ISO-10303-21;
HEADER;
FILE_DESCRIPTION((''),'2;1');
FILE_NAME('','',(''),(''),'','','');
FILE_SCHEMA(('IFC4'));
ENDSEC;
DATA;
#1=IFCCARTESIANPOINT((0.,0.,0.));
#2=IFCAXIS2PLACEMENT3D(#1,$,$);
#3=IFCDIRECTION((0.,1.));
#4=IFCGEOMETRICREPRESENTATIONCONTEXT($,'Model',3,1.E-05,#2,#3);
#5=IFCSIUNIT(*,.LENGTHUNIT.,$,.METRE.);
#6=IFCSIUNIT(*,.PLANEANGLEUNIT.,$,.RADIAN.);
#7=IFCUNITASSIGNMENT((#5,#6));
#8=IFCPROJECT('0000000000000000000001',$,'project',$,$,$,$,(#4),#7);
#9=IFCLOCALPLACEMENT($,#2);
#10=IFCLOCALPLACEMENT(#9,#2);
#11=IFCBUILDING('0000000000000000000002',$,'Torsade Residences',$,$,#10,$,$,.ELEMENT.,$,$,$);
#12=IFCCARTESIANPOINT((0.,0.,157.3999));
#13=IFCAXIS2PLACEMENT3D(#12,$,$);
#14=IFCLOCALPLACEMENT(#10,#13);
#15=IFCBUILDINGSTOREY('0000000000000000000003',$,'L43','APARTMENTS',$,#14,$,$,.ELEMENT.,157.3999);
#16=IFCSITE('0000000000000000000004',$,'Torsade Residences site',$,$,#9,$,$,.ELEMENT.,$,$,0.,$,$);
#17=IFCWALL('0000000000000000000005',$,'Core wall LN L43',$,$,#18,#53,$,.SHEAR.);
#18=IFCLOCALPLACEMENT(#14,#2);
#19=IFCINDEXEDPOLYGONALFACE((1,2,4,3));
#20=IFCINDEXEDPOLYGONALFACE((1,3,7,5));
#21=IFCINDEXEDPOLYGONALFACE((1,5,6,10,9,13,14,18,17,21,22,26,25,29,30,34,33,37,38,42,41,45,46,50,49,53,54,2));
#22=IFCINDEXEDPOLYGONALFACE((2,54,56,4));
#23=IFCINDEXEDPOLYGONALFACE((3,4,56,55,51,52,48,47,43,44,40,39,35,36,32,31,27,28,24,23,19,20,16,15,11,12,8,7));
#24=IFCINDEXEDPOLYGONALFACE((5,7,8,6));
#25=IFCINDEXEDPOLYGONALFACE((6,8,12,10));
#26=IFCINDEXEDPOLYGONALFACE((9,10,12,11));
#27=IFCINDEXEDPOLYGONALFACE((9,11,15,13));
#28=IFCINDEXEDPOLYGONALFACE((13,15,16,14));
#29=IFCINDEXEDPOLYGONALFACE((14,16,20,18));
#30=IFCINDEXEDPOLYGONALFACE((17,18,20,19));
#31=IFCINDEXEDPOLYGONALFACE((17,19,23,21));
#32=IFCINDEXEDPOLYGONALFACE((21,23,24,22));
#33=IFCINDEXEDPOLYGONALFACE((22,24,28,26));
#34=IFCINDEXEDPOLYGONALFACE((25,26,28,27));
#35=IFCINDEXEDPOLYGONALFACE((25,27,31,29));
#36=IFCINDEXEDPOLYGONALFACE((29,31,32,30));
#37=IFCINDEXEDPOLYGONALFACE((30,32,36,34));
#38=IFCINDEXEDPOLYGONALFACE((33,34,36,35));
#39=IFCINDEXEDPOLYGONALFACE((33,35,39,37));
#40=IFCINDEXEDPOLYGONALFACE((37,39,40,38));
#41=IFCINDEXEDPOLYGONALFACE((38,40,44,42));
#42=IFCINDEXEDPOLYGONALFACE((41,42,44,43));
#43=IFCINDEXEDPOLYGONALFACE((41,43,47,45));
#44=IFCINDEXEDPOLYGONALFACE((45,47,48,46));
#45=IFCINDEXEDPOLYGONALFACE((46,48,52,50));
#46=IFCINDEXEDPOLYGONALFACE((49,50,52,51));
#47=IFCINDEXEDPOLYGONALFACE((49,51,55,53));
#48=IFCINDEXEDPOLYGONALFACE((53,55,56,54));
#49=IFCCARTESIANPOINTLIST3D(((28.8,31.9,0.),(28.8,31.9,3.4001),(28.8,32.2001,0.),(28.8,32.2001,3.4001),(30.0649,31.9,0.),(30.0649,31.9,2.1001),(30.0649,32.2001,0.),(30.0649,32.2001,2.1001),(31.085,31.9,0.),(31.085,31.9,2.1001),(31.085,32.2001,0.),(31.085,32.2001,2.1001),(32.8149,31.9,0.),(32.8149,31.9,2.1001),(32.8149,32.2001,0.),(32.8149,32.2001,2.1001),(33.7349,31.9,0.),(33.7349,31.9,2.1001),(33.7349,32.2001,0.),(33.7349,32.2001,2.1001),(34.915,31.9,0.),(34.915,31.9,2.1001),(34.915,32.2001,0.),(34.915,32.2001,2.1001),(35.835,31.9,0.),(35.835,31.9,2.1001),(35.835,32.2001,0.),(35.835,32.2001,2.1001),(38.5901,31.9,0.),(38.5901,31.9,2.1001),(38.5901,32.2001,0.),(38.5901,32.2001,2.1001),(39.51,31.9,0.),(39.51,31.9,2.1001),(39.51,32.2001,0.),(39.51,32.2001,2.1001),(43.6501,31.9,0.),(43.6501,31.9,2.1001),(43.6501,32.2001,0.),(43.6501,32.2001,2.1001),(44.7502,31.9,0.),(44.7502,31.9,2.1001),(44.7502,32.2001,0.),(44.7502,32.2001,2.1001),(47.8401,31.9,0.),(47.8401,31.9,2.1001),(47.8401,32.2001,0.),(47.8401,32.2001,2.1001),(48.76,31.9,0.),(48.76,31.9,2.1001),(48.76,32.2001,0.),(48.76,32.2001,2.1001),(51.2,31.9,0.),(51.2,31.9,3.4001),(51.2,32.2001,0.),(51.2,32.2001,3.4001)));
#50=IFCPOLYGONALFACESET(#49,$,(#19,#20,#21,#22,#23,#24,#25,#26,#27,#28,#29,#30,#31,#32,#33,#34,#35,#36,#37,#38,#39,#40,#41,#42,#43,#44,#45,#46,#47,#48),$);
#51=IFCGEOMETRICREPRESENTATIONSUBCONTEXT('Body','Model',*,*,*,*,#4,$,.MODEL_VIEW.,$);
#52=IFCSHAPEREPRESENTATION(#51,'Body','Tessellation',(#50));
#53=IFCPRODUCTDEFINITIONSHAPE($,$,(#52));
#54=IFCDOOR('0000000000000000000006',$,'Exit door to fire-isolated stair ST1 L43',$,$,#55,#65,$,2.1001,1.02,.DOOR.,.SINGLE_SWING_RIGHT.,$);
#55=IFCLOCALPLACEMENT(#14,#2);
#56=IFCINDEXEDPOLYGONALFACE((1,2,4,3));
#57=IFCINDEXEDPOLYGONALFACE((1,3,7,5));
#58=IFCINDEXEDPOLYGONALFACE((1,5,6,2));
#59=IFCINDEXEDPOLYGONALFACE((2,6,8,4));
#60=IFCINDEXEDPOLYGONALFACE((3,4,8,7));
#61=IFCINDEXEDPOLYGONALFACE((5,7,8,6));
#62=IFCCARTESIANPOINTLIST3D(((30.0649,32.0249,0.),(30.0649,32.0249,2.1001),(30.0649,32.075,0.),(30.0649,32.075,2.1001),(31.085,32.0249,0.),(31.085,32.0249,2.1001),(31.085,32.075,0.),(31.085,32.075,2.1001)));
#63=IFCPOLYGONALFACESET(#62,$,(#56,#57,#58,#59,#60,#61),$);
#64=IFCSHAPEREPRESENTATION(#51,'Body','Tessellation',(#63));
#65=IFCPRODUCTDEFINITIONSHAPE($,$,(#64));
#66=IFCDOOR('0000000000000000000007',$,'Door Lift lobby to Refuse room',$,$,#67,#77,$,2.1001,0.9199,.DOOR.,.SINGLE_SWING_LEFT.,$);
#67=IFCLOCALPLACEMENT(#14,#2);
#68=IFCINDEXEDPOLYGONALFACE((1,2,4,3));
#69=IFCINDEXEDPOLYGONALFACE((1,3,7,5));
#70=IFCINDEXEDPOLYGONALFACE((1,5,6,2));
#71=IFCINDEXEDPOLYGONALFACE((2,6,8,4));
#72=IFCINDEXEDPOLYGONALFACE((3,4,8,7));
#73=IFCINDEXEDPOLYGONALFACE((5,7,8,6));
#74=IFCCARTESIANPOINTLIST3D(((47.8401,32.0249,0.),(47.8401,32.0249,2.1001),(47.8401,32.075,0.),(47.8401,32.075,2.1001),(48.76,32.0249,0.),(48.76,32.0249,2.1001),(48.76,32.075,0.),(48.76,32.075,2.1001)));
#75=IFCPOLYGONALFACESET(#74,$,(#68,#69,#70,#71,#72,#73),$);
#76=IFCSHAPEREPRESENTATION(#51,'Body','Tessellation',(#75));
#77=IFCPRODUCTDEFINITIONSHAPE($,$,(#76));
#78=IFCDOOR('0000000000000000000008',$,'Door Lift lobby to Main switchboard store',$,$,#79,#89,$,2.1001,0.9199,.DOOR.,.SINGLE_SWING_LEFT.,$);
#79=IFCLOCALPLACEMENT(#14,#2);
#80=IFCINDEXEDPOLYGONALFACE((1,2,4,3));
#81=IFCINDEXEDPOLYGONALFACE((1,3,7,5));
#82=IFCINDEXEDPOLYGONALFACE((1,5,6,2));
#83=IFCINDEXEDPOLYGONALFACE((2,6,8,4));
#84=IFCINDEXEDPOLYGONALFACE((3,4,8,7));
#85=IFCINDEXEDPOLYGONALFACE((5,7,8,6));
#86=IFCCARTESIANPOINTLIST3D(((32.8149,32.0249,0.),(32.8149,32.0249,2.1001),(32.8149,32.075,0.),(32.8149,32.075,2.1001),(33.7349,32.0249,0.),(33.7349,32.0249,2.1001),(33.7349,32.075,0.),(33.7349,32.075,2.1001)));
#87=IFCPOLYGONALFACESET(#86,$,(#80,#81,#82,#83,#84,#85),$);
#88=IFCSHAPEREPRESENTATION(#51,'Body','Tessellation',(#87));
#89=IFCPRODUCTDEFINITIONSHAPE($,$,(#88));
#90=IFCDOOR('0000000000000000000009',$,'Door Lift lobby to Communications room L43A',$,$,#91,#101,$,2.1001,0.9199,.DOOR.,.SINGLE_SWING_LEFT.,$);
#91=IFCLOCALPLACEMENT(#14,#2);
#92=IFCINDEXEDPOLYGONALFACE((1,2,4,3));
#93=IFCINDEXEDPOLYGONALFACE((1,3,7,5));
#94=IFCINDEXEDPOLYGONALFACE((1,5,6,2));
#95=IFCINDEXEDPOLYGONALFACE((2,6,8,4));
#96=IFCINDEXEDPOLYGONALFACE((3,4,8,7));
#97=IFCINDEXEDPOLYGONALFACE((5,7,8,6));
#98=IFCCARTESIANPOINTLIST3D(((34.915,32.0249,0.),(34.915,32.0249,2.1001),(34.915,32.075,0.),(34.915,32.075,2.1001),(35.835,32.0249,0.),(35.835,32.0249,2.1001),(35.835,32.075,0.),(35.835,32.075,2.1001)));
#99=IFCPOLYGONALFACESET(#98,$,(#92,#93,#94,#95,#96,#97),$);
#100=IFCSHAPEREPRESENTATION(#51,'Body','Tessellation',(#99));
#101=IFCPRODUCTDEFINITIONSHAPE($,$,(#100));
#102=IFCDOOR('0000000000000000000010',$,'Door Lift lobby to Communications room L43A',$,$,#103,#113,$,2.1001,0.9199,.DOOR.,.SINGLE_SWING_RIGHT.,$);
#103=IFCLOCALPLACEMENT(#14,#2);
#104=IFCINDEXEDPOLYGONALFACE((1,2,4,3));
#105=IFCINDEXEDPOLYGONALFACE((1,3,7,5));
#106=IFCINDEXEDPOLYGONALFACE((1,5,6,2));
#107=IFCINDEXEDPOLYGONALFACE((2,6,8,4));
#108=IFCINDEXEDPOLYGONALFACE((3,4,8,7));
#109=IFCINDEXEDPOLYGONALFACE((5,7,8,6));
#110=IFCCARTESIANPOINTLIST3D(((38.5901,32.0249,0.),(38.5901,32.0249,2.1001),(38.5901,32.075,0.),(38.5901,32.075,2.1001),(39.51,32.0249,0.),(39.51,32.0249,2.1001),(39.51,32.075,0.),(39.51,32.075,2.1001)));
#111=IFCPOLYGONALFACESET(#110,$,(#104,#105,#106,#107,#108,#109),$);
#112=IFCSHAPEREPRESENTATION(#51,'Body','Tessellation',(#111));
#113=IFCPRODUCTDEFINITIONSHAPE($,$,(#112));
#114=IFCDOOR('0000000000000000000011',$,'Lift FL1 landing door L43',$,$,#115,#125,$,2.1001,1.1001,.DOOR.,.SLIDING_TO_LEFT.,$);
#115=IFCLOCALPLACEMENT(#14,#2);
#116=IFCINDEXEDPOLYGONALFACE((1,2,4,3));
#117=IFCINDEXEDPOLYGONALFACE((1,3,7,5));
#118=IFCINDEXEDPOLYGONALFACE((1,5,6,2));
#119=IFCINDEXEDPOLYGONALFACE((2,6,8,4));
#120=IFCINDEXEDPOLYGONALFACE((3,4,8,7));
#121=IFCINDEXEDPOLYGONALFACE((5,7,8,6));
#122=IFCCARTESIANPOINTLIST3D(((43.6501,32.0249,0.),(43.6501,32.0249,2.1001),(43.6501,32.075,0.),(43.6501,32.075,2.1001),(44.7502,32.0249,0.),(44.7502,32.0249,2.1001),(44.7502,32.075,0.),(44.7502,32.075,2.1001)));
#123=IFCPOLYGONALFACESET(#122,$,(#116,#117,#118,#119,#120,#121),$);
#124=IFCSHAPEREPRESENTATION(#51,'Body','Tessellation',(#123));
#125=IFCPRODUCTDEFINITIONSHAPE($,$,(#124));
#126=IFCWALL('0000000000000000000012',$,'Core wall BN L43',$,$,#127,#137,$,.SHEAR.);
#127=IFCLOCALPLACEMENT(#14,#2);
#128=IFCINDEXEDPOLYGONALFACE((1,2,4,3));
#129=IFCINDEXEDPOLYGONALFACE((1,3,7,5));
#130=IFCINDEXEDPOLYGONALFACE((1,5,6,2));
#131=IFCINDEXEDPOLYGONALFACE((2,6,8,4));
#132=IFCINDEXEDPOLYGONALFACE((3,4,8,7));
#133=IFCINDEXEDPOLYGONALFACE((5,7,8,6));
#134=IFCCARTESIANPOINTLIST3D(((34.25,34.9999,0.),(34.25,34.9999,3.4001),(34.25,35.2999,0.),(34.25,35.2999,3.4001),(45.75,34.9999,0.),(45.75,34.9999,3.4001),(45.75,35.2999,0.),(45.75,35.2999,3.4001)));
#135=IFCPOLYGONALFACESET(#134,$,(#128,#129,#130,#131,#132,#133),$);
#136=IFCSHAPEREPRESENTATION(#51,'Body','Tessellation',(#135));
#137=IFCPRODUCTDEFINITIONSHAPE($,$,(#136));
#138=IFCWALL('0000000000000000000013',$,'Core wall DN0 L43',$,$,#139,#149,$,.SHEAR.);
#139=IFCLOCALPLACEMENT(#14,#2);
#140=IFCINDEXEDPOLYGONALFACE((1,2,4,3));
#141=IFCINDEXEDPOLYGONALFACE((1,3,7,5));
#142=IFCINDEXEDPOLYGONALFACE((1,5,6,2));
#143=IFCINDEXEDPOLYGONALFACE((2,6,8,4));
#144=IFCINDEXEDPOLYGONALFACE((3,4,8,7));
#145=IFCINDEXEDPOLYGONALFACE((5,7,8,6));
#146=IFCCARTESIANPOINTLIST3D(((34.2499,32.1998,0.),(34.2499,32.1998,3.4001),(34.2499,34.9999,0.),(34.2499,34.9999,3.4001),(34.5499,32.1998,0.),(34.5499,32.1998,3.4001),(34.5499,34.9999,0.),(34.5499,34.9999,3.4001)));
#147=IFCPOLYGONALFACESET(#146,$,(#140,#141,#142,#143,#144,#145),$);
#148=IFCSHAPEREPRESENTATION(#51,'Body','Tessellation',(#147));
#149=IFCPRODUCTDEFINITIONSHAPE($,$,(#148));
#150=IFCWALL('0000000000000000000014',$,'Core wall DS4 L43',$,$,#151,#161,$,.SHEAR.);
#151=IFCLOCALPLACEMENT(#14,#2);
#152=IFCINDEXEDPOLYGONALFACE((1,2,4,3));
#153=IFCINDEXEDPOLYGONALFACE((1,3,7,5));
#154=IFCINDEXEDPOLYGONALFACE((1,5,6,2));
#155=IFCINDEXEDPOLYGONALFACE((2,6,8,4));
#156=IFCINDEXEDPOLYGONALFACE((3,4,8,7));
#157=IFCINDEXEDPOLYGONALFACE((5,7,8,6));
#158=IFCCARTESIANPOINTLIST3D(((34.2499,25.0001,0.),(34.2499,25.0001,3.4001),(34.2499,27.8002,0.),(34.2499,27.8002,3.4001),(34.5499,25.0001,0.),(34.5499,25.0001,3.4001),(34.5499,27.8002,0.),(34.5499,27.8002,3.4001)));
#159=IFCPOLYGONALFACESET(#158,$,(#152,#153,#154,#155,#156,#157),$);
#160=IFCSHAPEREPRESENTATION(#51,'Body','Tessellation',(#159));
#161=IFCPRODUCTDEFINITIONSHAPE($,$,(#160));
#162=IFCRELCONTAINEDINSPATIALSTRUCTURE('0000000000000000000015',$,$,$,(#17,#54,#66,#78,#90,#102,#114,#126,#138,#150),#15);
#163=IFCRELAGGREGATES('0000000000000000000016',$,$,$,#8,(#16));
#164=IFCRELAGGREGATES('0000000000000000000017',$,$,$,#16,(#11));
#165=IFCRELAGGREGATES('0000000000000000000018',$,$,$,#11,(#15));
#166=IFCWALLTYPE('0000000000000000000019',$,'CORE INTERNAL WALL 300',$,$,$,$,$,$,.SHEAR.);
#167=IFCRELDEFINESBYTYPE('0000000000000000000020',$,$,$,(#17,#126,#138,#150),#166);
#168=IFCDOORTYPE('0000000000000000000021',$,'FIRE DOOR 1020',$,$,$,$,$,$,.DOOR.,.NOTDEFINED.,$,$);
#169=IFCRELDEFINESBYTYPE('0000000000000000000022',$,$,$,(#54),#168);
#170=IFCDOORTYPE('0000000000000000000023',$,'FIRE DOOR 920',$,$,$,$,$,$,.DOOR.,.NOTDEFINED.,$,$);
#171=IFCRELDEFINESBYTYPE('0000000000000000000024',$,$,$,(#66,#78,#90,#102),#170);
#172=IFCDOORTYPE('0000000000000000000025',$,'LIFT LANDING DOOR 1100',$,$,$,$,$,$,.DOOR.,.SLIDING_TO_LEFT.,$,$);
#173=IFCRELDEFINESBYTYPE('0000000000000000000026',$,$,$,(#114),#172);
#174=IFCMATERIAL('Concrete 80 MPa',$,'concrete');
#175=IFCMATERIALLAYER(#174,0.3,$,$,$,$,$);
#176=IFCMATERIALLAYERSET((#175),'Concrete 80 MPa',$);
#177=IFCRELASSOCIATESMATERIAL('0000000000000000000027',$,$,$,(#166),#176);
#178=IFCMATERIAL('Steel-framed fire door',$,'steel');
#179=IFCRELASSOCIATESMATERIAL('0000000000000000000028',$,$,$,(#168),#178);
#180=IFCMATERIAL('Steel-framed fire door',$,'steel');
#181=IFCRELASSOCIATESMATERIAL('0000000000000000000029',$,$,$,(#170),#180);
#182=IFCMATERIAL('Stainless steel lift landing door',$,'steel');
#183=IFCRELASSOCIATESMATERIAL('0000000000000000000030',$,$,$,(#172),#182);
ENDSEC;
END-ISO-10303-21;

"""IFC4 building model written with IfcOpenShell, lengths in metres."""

from ifc_helpers import new_model, si_unit, direction, frame, frame_2d, origin, place, context, subcontext, project, spatial, rectangle, extrude, material, layer, layer_set, type_object, element, fill, save


model = new_model("IFC4")

# Units and contexts
model_context = context("Model", 3, precision=1e-05, world=origin(), true_north=direction((0.0, 1.0)))
body_context = subcontext(model_context, "Body", "Model", "MODEL_VIEW")
ifc_project = project(units=[si_unit("LENGTHUNIT", "METRE"), si_unit("PLANEANGLEUNIT", "RADIAN")], contexts=[model_context])

# Site, building, storey
site_placement = place(None, origin())
site = spatial("IfcSite", under=ifc_project, at=site_placement, Name="Torsade Residences site", CompositionType="ELEMENT", RefElevation=0.0)
building_placement = place(site_placement, origin())
building = spatial("IfcBuilding", under=site, at=building_placement, Name="Torsade Residences", CompositionType="ELEMENT")
storey_placement = place(building_placement, frame((0.0, 0.0, 157.3999)))
storey = spatial("IfcBuildingStorey", under=building, at=storey_placement, Name="L43", Description="APARTMENTS", CompositionType="ELEMENT", Elevation=157.3999)

# Wall, openings, doors
ifc_material_1 = material(Name="Concrete 80 MPa", Category="concrete")
ifc_layer_1 = layer(ifc_material_1, 0.3)
ifc_layer_set_1 = layer_set([ifc_layer_1], Name="Concrete 80 MPa")
wall_type_1 = type_object("IfcWallType", Name="CORE INTERNAL WALL 300", PredefinedType="SHEAR", material=ifc_layer_set_1)
wall_1_placement = place(storey_placement, frame((28.8, 32.05, 0.0), z_axis=(0.0, 0.0, 1.0), x_axis=(1.0, 0.0, 0.0)))
wall_1 = element("IfcWall", 1, at=wall_1_placement, inside=storey, type_object=wall_type_1, Name="Core wall LN L43", PredefinedType="SHEAR", context=body_context, shape_type="SweptSolid", body=[
    extrude(rectangle(XDim=22.3999, YDim=0.3, at=frame_2d((11.2, 0.0))), origin(), (0.0, 0.0, 1.0), 3.4001),
])
opening_1_placement = place(wall_1_placement, frame((19.04, 0.0, 0.0)))
opening_1 = element("IfcOpeningElement", 2, at=opening_1_placement, cuts=wall_1, PredefinedType="OPENING", context=body_context, shape_type="SweptSolid", body=[
    extrude(rectangle(XDim=0.9199, YDim=2.1001, at=frame_2d((0.46, 1.05))), frame((0.0, 0.1599, 0.0), z_axis=(0.0, -1.0, 0.0), x_axis=(1.0, 0.0, 0.0)), (0.0, 0.0, 1.0), 0.3201),
])
opening_2_placement = place(wall_1_placement, frame((1.2649, 0.0, 0.0)))
opening_2 = element("IfcOpeningElement", 3, at=opening_2_placement, cuts=wall_1, PredefinedType="OPENING", context=body_context, shape_type="SweptSolid", body=[
    extrude(rectangle(XDim=1.02, YDim=2.1001, at=frame_2d((0.51, 1.05))), frame((0.0, 0.1599, 0.0), z_axis=(0.0, -1.0, 0.0), x_axis=(1.0, 0.0, 0.0)), (0.0, 0.0, 1.0), 0.3201),
])
opening_3_placement = place(wall_1_placement, frame((4.0149, 0.0, 0.0)))
opening_3 = element("IfcOpeningElement", 4, at=opening_3_placement, cuts=wall_1, PredefinedType="OPENING", context=body_context, shape_type="SweptSolid", body=[
    extrude(rectangle(XDim=0.9199, YDim=2.1001, at=frame_2d((0.46, 1.05))), frame((0.0, 0.1599, 0.0), z_axis=(0.0, -1.0, 0.0), x_axis=(1.0, 0.0, 0.0)), (0.0, 0.0, 1.0), 0.3201),
])
opening_4_placement = place(wall_1_placement, frame((6.115, 0.0, 0.0)))
opening_4 = element("IfcOpeningElement", 5, at=opening_4_placement, cuts=wall_1, PredefinedType="OPENING", context=body_context, shape_type="SweptSolid", body=[
    extrude(rectangle(XDim=0.9199, YDim=2.1001, at=frame_2d((0.46, 1.05))), frame((0.0, 0.1599, 0.0), z_axis=(0.0, -1.0, 0.0), x_axis=(1.0, 0.0, 0.0)), (0.0, 0.0, 1.0), 0.3201),
])
opening_5_placement = place(wall_1_placement, frame((9.79, 0.0, 0.0)))
opening_5 = element("IfcOpeningElement", 6, at=opening_5_placement, cuts=wall_1, PredefinedType="OPENING", context=body_context, shape_type="SweptSolid", body=[
    extrude(rectangle(XDim=0.9199, YDim=2.1001, at=frame_2d((0.46, 1.05))), frame((0.0, 0.1599, 0.0), z_axis=(0.0, -1.0, 0.0), x_axis=(1.0, 0.0, 0.0)), (0.0, 0.0, 1.0), 0.3201),
])
opening_6_placement = place(wall_1_placement, frame((14.8501, 0.0, 0.0)))
opening_6 = element("IfcOpeningElement", 7, at=opening_6_placement, cuts=wall_1, PredefinedType="OPENING", context=body_context, shape_type="SweptSolid", body=[
    extrude(rectangle(XDim=1.1001, YDim=2.1001, at=frame_2d((0.55, 1.05))), frame((0.0, 0.1599, 0.0), z_axis=(0.0, -1.0, 0.0), x_axis=(1.0, 0.0, 0.0)), (0.0, 0.0, 1.0), 0.3201),
])
ifc_material_2 = material(Name="Steel-framed fire door", Category="steel")
door_type_1 = type_object("IfcDoorType", Name="FIRE DOOR 1020", OperationType="NOTDEFINED", PredefinedType="DOOR", material=ifc_material_2)
door_1_placement = place(opening_2_placement, origin())
door_1 = element("IfcDoor", 8, at=door_1_placement, inside=storey, type_object=door_type_1, Name="Exit door to fire-isolated stair ST1 L43", OperationType="SINGLE_SWING_RIGHT", OverallHeight=2.1001, OverallWidth=1.02, PredefinedType="DOOR", context=body_context, shape_type="SweptSolid", body=[
    extrude(rectangle(XDim=1.02, YDim=2.1001, at=frame_2d((0.51, 1.05))), frame((0.0, 0.0249, 0.0), z_axis=(0.0, -1.0, 0.0), x_axis=(1.0, 0.0, 0.0)), (0.0, 0.0, 1.0), 0.05),
])
fill(opening_2, door_1)
ifc_material_3 = material(Name="Steel-framed fire door", Category="steel")
door_type_2 = type_object("IfcDoorType", Name="FIRE DOOR 920", OperationType="NOTDEFINED", PredefinedType="DOOR", material=ifc_material_3)
door_2_placement = place(opening_1_placement, origin())
door_2 = element("IfcDoor", 9, at=door_2_placement, inside=storey, type_object=door_type_2, Name="Door Lift lobby to Refuse room", OperationType="SINGLE_SWING_LEFT", OverallHeight=2.1001, OverallWidth=0.9199, PredefinedType="DOOR", context=body_context, shape_type="SweptSolid", body=[
    extrude(rectangle(XDim=0.9199, YDim=2.1001, at=frame_2d((0.46, 1.05))), frame((0.0, 0.0249, 0.0), z_axis=(0.0, -1.0, 0.0), x_axis=(1.0, 0.0, 0.0)), (0.0, 0.0, 1.0), 0.05),
])
fill(opening_1, door_2)
door_3_placement = place(opening_3_placement, origin())
door_3 = element("IfcDoor", 10, at=door_3_placement, inside=storey, type_object=door_type_2, Name="Door Lift lobby to Main switchboard store", OperationType="SINGLE_SWING_LEFT", OverallHeight=2.1001, OverallWidth=0.9199, PredefinedType="DOOR", context=body_context, shape_type="SweptSolid", body=[
    extrude(rectangle(XDim=0.9199, YDim=2.1001, at=frame_2d((0.46, 1.05))), frame((0.0, 0.0249, 0.0), z_axis=(0.0, -1.0, 0.0), x_axis=(1.0, 0.0, 0.0)), (0.0, 0.0, 1.0), 0.05),
])
fill(opening_3, door_3)
door_4_placement = place(opening_4_placement, origin())
door_4 = element("IfcDoor", 11, at=door_4_placement, inside=storey, type_object=door_type_2, Name="Door Lift lobby to Communications room L43A", OperationType="SINGLE_SWING_LEFT", OverallHeight=2.1001, OverallWidth=0.9199, PredefinedType="DOOR", context=body_context, shape_type="SweptSolid", body=[
    extrude(rectangle(XDim=0.9199, YDim=2.1001, at=frame_2d((0.46, 1.05))), frame((0.0, 0.0249, 0.0), z_axis=(0.0, -1.0, 0.0), x_axis=(1.0, 0.0, 0.0)), (0.0, 0.0, 1.0), 0.05),
])
fill(opening_4, door_4)
door_5_placement = place(opening_5_placement, origin())
door_5 = element("IfcDoor", 12, at=door_5_placement, inside=storey, type_object=door_type_2, Name="Door Lift lobby to Communications room L43A", OperationType="SINGLE_SWING_RIGHT", OverallHeight=2.1001, OverallWidth=0.9199, PredefinedType="DOOR", context=body_context, shape_type="SweptSolid", body=[
    extrude(rectangle(XDim=0.9199, YDim=2.1001, at=frame_2d((0.46, 1.05))), frame((0.0, 0.0249, 0.0), z_axis=(0.0, -1.0, 0.0), x_axis=(1.0, 0.0, 0.0)), (0.0, 0.0, 1.0), 0.05),
])
fill(opening_5, door_5)
ifc_material_4 = material(Name="Stainless steel lift landing door", Category="steel")
door_type_3 = type_object("IfcDoorType", Name="LIFT LANDING DOOR 1100", OperationType="SLIDING_TO_LEFT", PredefinedType="DOOR", material=ifc_material_4)
door_6_placement = place(opening_6_placement, origin())
door_6 = element("IfcDoor", 13, at=door_6_placement, inside=storey, type_object=door_type_3, Name="Lift FL1 landing door L43", OperationType="SLIDING_TO_LEFT", OverallHeight=2.1001, OverallWidth=1.1001, PredefinedType="DOOR", context=body_context, shape_type="SweptSolid", body=[
    extrude(rectangle(XDim=1.1001, YDim=2.1001, at=frame_2d((0.55, 1.05))), frame((0.0, 0.0249, 0.0), z_axis=(0.0, -1.0, 0.0), x_axis=(1.0, 0.0, 0.0)), (0.0, 0.0, 1.0), 0.05),
])
fill(opening_6, door_6)

# Walls
wall_2_placement = place(storey_placement, frame((34.25, 35.1499, 0.0), z_axis=(0.0, 0.0, 1.0), x_axis=(1.0, 0.0, 0.0)))
element("IfcWall", 14, at=wall_2_placement, inside=storey, type_object=wall_type_1, Name="Core wall BN L43", PredefinedType="SHEAR", context=body_context, shape_type="SweptSolid", body=[
    extrude(rectangle(XDim=11.5, YDim=0.3, at=frame_2d((5.75, 0.0))), origin(), (0.0, 0.0, 1.0), 3.4001),
])
for number, where, z_axis, x_axis, name in (
    (15, (34.3999, 32.2, 0.0), (0.0, 0.0, 1.0), (0.0, 1.0, 0.0), "Core wall DN0 L43"),
    (16, (34.3999, 27.8, 0.0), (0.0, 0.0, 1.0), (0.0, -1.0, 0.0), "Core wall DS4 L43"),
):
    element("IfcWall", number, at=place(storey_placement, frame(where, z_axis=z_axis, x_axis=x_axis)), inside=storey, type_object=wall_type_1, Name=name, PredefinedType="SHEAR", context=body_context, shape_type="SweptSolid", body=[
        extrude(rectangle(XDim=2.8, YDim=0.3, at=frame_2d((1.3999, 0.0))), origin(), (0.0, 0.0, 1.0), 3.4001),
    ])

save(model, "model.ifc")
